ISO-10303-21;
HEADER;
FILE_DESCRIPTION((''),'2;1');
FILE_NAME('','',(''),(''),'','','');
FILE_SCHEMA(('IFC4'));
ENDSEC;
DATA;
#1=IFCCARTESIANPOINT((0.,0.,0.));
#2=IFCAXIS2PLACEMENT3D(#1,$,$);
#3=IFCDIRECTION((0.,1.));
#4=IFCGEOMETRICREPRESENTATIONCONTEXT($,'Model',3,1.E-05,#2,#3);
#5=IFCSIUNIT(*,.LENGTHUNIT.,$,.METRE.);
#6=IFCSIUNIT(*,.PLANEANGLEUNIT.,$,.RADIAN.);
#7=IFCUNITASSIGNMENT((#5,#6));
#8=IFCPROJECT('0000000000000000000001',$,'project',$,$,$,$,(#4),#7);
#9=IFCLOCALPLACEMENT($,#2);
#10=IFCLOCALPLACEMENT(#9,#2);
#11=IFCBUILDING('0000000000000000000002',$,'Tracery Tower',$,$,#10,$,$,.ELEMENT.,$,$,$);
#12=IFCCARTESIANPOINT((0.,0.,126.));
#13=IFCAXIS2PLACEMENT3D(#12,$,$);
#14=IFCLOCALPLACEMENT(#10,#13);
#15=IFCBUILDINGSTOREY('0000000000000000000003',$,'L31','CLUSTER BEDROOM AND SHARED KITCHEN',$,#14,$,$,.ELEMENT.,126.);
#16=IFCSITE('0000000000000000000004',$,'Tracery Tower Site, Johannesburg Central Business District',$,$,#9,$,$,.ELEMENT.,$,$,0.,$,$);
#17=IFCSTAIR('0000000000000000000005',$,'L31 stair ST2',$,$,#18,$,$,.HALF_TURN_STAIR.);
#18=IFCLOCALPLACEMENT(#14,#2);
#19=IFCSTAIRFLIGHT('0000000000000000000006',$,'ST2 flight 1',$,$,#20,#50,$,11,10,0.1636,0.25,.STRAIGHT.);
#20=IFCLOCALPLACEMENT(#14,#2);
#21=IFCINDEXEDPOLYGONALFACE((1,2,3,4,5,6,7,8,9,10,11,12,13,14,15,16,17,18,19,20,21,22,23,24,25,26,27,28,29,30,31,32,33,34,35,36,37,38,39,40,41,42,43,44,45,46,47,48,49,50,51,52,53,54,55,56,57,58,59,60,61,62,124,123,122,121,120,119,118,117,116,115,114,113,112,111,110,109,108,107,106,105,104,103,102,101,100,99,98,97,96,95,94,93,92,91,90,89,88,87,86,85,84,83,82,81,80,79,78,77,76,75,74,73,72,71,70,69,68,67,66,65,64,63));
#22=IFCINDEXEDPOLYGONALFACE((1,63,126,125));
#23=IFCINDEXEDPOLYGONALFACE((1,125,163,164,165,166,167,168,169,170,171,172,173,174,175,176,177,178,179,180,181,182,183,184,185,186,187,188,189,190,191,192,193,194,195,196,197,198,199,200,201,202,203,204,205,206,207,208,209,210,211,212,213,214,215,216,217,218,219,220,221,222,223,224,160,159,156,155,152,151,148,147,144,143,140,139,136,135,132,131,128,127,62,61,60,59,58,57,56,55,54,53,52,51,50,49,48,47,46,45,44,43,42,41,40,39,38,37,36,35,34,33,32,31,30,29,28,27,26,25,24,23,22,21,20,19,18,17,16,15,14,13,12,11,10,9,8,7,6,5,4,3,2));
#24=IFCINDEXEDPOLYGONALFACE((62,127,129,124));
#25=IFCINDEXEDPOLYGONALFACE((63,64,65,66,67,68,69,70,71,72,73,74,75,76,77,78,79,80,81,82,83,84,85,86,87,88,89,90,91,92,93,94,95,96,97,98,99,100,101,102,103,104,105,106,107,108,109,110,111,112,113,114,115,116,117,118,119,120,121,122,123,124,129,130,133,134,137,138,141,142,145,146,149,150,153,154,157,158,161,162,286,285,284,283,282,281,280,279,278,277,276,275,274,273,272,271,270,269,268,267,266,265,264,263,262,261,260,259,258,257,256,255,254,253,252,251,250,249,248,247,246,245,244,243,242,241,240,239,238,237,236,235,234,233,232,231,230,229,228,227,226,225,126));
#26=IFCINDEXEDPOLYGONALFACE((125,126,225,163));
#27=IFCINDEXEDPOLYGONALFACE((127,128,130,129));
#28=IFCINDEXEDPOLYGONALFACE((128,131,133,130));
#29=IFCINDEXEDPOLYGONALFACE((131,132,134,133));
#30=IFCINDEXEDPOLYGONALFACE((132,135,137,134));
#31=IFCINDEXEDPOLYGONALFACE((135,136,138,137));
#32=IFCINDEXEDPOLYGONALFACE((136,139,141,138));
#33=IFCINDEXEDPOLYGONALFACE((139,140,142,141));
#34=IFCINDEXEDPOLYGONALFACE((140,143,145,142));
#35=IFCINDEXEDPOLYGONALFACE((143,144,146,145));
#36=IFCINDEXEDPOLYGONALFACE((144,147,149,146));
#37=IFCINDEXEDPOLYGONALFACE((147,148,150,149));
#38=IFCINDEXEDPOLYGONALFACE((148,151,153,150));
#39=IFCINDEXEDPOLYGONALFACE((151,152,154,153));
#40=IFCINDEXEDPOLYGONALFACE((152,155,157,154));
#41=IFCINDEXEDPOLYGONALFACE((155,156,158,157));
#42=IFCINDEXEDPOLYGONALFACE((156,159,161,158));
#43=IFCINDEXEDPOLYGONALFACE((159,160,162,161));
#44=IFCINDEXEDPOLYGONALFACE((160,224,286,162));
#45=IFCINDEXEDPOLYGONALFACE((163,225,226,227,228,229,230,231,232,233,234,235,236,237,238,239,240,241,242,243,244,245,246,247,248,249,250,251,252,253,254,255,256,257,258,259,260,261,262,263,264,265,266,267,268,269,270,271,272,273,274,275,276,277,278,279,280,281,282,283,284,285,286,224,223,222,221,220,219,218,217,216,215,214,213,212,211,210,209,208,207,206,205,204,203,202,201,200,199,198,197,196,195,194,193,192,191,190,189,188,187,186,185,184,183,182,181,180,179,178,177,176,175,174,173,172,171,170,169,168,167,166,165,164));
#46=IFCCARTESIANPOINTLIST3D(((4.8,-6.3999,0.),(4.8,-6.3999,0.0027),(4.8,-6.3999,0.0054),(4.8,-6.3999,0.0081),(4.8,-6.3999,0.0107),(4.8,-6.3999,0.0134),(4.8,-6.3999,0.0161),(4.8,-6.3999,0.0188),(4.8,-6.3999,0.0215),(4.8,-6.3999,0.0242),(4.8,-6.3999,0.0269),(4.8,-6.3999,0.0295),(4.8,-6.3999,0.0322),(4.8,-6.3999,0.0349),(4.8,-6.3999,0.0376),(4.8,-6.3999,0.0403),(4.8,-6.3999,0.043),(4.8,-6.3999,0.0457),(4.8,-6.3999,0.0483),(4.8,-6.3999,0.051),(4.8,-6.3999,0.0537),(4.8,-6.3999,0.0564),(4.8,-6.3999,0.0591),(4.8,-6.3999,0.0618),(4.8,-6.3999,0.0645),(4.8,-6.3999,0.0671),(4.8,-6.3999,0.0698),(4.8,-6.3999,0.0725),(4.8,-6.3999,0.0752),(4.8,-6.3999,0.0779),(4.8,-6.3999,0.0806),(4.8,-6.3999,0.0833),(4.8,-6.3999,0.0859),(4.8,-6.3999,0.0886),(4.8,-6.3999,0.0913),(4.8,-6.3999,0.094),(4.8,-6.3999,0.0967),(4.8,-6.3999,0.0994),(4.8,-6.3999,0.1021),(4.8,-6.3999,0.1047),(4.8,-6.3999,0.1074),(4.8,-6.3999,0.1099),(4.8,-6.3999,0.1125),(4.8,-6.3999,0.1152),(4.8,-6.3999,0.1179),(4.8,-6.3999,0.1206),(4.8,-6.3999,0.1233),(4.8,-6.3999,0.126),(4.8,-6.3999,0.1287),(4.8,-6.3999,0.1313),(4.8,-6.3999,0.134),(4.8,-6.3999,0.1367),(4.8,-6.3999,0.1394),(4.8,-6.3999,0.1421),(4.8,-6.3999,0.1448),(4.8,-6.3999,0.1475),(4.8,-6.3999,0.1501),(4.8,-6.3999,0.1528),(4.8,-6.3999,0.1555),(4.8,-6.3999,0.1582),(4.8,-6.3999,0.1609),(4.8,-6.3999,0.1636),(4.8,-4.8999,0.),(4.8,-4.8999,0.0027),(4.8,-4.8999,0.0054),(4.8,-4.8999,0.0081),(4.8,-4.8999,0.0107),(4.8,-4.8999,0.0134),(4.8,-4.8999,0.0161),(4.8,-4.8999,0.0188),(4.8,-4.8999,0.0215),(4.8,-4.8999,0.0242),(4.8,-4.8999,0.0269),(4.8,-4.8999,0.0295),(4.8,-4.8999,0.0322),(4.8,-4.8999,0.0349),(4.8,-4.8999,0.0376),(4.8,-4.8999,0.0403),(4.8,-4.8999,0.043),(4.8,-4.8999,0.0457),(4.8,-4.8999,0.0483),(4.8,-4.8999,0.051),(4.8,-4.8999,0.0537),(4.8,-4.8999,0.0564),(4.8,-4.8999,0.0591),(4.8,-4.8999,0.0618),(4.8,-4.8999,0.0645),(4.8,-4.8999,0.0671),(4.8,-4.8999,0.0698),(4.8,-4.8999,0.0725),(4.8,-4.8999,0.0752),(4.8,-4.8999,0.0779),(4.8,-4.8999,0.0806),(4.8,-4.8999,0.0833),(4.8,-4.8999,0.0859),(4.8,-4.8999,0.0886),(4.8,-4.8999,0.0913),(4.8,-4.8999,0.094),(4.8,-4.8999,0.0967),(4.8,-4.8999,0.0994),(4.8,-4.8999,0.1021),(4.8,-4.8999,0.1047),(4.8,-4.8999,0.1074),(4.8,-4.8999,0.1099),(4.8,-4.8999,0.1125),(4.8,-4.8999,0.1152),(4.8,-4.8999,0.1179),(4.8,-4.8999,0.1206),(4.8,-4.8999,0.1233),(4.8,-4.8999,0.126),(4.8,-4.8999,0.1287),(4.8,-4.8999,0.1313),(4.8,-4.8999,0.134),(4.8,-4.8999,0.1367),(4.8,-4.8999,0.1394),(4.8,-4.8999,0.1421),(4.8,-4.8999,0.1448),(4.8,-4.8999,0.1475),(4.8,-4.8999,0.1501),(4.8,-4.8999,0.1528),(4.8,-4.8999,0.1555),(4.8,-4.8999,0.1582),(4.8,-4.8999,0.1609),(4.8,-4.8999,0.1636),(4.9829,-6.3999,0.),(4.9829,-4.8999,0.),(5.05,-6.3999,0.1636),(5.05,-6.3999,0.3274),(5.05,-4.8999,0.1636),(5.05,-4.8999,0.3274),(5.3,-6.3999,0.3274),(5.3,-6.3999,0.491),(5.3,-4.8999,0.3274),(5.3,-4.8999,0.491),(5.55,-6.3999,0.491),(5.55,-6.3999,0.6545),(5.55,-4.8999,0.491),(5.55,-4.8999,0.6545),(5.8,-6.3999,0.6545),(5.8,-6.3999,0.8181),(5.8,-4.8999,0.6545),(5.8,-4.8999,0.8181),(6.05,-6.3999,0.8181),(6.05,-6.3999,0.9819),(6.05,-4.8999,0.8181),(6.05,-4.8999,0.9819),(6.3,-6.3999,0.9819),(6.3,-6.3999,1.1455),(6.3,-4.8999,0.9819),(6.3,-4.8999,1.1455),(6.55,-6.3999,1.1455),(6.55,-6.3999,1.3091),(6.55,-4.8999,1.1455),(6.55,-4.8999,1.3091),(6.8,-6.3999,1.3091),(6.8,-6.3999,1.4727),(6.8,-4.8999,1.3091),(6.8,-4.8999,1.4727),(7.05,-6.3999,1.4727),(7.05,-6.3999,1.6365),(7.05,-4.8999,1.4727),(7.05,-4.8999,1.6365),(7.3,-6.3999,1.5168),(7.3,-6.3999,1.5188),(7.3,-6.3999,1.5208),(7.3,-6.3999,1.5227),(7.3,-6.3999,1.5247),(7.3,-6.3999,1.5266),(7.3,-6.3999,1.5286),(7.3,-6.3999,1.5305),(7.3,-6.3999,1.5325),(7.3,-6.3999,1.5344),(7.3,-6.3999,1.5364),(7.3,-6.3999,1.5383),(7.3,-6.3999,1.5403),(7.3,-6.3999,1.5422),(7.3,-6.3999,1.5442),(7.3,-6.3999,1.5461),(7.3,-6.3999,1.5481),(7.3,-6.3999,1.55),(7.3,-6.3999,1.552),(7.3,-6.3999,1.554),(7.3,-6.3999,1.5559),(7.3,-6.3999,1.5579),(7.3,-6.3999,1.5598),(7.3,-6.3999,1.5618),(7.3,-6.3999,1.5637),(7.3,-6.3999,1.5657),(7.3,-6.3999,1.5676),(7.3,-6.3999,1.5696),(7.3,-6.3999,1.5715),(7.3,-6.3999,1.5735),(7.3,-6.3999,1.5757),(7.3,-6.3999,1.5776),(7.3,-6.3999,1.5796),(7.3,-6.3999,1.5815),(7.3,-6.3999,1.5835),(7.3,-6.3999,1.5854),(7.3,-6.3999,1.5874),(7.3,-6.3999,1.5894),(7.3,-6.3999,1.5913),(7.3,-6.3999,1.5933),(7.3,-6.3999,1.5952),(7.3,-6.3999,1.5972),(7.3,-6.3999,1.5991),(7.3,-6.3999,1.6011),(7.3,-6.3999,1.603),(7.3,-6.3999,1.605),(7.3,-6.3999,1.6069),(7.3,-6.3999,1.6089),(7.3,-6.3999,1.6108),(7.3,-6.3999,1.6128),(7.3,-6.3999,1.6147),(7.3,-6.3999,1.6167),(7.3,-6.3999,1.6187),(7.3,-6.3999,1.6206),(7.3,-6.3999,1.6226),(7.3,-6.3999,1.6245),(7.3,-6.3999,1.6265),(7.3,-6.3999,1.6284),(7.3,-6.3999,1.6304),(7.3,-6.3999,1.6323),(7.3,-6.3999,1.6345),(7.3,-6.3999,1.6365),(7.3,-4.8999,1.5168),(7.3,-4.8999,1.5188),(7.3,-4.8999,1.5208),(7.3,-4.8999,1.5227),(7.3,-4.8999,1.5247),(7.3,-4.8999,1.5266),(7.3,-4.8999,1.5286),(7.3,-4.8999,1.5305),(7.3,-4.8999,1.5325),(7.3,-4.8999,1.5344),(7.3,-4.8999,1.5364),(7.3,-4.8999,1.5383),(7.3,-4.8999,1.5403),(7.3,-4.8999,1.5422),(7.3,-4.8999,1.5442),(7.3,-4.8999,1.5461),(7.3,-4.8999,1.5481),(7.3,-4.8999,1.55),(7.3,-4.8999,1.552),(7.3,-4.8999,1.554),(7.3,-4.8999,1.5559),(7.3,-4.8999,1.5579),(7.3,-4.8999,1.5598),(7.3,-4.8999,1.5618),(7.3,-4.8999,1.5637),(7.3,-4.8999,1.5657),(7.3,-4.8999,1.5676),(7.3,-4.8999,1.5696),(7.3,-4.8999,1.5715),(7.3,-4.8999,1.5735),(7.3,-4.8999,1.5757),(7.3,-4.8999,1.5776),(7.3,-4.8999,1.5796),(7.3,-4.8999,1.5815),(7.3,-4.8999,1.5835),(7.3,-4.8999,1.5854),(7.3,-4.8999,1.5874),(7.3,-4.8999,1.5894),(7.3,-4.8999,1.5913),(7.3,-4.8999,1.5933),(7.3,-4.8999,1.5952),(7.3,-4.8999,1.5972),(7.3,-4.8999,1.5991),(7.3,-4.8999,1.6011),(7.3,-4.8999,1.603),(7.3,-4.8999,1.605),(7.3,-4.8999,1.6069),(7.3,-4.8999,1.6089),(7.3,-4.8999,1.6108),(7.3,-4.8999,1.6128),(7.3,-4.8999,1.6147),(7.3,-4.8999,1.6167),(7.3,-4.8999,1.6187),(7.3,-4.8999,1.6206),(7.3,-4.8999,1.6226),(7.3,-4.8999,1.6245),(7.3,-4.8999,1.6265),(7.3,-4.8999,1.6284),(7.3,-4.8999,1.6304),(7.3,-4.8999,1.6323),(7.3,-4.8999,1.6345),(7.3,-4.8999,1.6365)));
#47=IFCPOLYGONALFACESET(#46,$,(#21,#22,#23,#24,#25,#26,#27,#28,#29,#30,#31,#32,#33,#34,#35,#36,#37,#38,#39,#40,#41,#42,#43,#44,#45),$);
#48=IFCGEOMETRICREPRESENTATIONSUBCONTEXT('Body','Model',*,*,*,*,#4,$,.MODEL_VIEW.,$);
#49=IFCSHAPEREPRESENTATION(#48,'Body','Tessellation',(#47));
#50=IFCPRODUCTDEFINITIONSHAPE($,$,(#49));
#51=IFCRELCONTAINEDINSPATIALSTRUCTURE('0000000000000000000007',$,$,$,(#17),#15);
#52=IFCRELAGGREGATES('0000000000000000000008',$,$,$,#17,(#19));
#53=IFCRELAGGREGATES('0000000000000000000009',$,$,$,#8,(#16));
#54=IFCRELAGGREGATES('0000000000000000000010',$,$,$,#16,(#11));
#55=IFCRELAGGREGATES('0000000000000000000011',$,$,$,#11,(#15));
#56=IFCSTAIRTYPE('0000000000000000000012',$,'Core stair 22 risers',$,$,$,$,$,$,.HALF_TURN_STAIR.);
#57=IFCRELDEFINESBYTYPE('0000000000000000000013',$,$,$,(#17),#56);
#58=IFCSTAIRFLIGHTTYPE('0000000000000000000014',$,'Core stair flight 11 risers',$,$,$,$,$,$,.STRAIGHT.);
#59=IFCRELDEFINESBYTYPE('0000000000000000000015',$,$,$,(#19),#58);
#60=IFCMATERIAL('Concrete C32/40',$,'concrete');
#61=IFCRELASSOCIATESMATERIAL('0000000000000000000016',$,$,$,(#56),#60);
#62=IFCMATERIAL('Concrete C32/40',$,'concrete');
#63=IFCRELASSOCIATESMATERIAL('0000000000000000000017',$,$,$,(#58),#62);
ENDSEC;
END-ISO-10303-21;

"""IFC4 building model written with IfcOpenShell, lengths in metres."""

from ifc_helpers import new_model, si_unit, direction, frame, origin, place, context, subcontext, project, spatial, polyline, outline, extrude, material, type_object, element, aggregate, save


model = new_model("IFC4")

# Units and contexts
model_context = context("Model", 3, precision=1e-05, world=origin(), true_north=direction((0.0, 1.0)))
body_context = subcontext(model_context, "Body", "Model", "MODEL_VIEW")
ifc_project = project(units=[si_unit("LENGTHUNIT", "METRE"), si_unit("PLANEANGLEUNIT", "RADIAN")], contexts=[model_context])

# Site, building, storey
site_placement = place(None, origin())
site = spatial("IfcSite", under=ifc_project, at=site_placement, Name="Tracery Tower Site, Johannesburg Central Business District", CompositionType="ELEMENT", RefElevation=0.0)
building_placement = place(site_placement, origin())
building = spatial("IfcBuilding", under=site, at=building_placement, Name="Tracery Tower", CompositionType="ELEMENT")
storey_placement = place(building_placement, frame((0.0, 0.0, 126.0)))
storey = spatial("IfcBuildingStorey", under=building, at=storey_placement, Name="L31", Description="CLUSTER BEDROOM AND SHARED KITCHEN", CompositionType="ELEMENT", Elevation=126.0)

# Stair
ifc_material_1 = material(Name="Concrete C32/40", Category="concrete")
stair_type = type_object("IfcStairType", Name="Core stair 22 risers", PredefinedType="HALF_TURN_STAIR", material=ifc_material_1)
stair_1_placement = place(storey_placement, origin())
stair_1 = element("IfcStair", 1, at=stair_1_placement, inside=storey, type_object=stair_type, Name="L31 stair ST2", PredefinedType="HALF_TURN_STAIR")

# Stair flight
ifc_material_2 = material(Name="Concrete C32/40", Category="concrete")
stair_flight_type = type_object("IfcStairFlightType", Name="Core stair flight 11 risers", PredefinedType="STRAIGHT", material=ifc_material_2)
stair_flight_1_placement = place(storey_placement, frame((4.8, -5.6499, 0.0), z_axis=(0.0, 0.0, 1.0), x_axis=(1.0, 0.0, 0.0)))
stair_flight_1 = element("IfcStairFlight", 2, at=stair_flight_1_placement, type_object=stair_flight_type, Name="ST2 flight 1", NumberOfRisers=11, NumberOfTreads=10, PredefinedType="STRAIGHT", RiserHeight=0.1636, TreadLength=0.25, context=body_context, shape_type="SweptSolid", body=[
    extrude(outline(polyline([(0.0, 0.0), (0.0, 0.0027), (0.0, 0.0054), (0.0, 0.0081), (0.0, 0.0107), (0.0, 0.0134), (0.0, 0.0161), (0.0, 0.0188), (0.0, 0.0215), (0.0, 0.0242), (0.0, 0.0269), (0.0, 0.0295), (0.0, 0.0322), (0.0, 0.0349), (0.0, 0.0376), (0.0, 0.0403), (0.0, 0.043), (0.0, 0.0457), (0.0, 0.0483), (0.0, 0.051), (0.0, 0.0537), (0.0, 0.0564), (0.0, 0.0591), (0.0, 0.0618), (0.0, 0.0645), (0.0, 0.0671), (0.0, 0.0698), (0.0, 0.0725), (0.0, 0.0752), (0.0, 0.0779), (0.0, 0.0806), (0.0, 0.0833), (0.0, 0.0859), (0.0, 0.0886), (0.0, 0.0913), (0.0, 0.094), (0.0, 0.0967), (0.0, 0.0994), (0.0, 0.1021), (0.0, 0.1047), (0.0, 0.1074), (0.0, 0.1099), (0.0, 0.1125), (0.0, 0.1152), (0.0, 0.1179), (0.0, 0.1206), (0.0, 0.1233), (0.0, 0.126), (0.0, 0.1287), (0.0, 0.1313), (0.0, 0.134), (0.0, 0.1367), (0.0, 0.1394), (0.0, 0.1421), (0.0, 0.1448), (0.0, 0.1475), (0.0, 0.1501), (0.0, 0.1528), (0.0, 0.1555), (0.0, 0.1582), (0.0, 0.1609), (0.0, 0.1636), (0.25, 0.1636), (0.25, 0.3274), (0.5, 0.3274), (0.5, 0.491), (0.75, 0.491), (0.75, 0.6545), (1.0, 0.6545), (1.0, 0.8181), (1.25, 0.8181), (1.25, 0.9819), (1.5, 0.9819), (1.5, 1.1455), (1.75, 1.1455), (1.75, 1.3091), (2.0, 1.3091), (2.0, 1.4727), (2.25, 1.4727), (2.25, 1.6365), (2.5, 1.6365), (2.5, 1.6345), (2.5, 1.6323), (2.5, 1.6304), (2.5, 1.6284), (2.5, 1.6265), (2.5, 1.6245), (2.5, 1.6226), (2.5, 1.6206), (2.5, 1.6187), (2.5, 1.6167), (2.5, 1.6147), (2.5, 1.6128), (2.5, 1.6108), (2.5, 1.6089), (2.5, 1.6069), (2.5, 1.605), (2.5, 1.603), (2.5, 1.6011), (2.5, 1.5991), (2.5, 1.5972), (2.5, 1.5952), (2.5, 1.5933), (2.5, 1.5913), (2.5, 1.5894), (2.5, 1.5874), (2.5, 1.5854), (2.5, 1.5835), (2.5, 1.5815), (2.5, 1.5796), (2.5, 1.5776), (2.5, 1.5757), (2.5, 1.5735), (2.5, 1.5715), (2.5, 1.5696), (2.5, 1.5676), (2.5, 1.5657), (2.5, 1.5637), (2.5, 1.5618), (2.5, 1.5598), (2.5, 1.5579), (2.5, 1.5559), (2.5, 1.554), (2.5, 1.552), (2.5, 1.55), (2.5, 1.5481), (2.5, 1.5461), (2.5, 1.5442), (2.5, 1.5422), (2.5, 1.5403), (2.5, 1.5383), (2.5, 1.5364), (2.5, 1.5344), (2.5, 1.5325), (2.5, 1.5305), (2.5, 1.5286), (2.5, 1.5266), (2.5, 1.5247), (2.5, 1.5227), (2.5, 1.5208), (2.5, 1.5188), (2.5, 1.5168), (0.1829, 0.0), (0.0, 0.0)])), frame((0.0, 0.75, 0.0), z_axis=(0.0, -1.0, 0.0), x_axis=(1.0, 0.0, 0.0)), (0.0, 0.0, 1.0), 1.5),
])
aggregate(stair_1, [stair_flight_1])

save(model, "model.ifc")
